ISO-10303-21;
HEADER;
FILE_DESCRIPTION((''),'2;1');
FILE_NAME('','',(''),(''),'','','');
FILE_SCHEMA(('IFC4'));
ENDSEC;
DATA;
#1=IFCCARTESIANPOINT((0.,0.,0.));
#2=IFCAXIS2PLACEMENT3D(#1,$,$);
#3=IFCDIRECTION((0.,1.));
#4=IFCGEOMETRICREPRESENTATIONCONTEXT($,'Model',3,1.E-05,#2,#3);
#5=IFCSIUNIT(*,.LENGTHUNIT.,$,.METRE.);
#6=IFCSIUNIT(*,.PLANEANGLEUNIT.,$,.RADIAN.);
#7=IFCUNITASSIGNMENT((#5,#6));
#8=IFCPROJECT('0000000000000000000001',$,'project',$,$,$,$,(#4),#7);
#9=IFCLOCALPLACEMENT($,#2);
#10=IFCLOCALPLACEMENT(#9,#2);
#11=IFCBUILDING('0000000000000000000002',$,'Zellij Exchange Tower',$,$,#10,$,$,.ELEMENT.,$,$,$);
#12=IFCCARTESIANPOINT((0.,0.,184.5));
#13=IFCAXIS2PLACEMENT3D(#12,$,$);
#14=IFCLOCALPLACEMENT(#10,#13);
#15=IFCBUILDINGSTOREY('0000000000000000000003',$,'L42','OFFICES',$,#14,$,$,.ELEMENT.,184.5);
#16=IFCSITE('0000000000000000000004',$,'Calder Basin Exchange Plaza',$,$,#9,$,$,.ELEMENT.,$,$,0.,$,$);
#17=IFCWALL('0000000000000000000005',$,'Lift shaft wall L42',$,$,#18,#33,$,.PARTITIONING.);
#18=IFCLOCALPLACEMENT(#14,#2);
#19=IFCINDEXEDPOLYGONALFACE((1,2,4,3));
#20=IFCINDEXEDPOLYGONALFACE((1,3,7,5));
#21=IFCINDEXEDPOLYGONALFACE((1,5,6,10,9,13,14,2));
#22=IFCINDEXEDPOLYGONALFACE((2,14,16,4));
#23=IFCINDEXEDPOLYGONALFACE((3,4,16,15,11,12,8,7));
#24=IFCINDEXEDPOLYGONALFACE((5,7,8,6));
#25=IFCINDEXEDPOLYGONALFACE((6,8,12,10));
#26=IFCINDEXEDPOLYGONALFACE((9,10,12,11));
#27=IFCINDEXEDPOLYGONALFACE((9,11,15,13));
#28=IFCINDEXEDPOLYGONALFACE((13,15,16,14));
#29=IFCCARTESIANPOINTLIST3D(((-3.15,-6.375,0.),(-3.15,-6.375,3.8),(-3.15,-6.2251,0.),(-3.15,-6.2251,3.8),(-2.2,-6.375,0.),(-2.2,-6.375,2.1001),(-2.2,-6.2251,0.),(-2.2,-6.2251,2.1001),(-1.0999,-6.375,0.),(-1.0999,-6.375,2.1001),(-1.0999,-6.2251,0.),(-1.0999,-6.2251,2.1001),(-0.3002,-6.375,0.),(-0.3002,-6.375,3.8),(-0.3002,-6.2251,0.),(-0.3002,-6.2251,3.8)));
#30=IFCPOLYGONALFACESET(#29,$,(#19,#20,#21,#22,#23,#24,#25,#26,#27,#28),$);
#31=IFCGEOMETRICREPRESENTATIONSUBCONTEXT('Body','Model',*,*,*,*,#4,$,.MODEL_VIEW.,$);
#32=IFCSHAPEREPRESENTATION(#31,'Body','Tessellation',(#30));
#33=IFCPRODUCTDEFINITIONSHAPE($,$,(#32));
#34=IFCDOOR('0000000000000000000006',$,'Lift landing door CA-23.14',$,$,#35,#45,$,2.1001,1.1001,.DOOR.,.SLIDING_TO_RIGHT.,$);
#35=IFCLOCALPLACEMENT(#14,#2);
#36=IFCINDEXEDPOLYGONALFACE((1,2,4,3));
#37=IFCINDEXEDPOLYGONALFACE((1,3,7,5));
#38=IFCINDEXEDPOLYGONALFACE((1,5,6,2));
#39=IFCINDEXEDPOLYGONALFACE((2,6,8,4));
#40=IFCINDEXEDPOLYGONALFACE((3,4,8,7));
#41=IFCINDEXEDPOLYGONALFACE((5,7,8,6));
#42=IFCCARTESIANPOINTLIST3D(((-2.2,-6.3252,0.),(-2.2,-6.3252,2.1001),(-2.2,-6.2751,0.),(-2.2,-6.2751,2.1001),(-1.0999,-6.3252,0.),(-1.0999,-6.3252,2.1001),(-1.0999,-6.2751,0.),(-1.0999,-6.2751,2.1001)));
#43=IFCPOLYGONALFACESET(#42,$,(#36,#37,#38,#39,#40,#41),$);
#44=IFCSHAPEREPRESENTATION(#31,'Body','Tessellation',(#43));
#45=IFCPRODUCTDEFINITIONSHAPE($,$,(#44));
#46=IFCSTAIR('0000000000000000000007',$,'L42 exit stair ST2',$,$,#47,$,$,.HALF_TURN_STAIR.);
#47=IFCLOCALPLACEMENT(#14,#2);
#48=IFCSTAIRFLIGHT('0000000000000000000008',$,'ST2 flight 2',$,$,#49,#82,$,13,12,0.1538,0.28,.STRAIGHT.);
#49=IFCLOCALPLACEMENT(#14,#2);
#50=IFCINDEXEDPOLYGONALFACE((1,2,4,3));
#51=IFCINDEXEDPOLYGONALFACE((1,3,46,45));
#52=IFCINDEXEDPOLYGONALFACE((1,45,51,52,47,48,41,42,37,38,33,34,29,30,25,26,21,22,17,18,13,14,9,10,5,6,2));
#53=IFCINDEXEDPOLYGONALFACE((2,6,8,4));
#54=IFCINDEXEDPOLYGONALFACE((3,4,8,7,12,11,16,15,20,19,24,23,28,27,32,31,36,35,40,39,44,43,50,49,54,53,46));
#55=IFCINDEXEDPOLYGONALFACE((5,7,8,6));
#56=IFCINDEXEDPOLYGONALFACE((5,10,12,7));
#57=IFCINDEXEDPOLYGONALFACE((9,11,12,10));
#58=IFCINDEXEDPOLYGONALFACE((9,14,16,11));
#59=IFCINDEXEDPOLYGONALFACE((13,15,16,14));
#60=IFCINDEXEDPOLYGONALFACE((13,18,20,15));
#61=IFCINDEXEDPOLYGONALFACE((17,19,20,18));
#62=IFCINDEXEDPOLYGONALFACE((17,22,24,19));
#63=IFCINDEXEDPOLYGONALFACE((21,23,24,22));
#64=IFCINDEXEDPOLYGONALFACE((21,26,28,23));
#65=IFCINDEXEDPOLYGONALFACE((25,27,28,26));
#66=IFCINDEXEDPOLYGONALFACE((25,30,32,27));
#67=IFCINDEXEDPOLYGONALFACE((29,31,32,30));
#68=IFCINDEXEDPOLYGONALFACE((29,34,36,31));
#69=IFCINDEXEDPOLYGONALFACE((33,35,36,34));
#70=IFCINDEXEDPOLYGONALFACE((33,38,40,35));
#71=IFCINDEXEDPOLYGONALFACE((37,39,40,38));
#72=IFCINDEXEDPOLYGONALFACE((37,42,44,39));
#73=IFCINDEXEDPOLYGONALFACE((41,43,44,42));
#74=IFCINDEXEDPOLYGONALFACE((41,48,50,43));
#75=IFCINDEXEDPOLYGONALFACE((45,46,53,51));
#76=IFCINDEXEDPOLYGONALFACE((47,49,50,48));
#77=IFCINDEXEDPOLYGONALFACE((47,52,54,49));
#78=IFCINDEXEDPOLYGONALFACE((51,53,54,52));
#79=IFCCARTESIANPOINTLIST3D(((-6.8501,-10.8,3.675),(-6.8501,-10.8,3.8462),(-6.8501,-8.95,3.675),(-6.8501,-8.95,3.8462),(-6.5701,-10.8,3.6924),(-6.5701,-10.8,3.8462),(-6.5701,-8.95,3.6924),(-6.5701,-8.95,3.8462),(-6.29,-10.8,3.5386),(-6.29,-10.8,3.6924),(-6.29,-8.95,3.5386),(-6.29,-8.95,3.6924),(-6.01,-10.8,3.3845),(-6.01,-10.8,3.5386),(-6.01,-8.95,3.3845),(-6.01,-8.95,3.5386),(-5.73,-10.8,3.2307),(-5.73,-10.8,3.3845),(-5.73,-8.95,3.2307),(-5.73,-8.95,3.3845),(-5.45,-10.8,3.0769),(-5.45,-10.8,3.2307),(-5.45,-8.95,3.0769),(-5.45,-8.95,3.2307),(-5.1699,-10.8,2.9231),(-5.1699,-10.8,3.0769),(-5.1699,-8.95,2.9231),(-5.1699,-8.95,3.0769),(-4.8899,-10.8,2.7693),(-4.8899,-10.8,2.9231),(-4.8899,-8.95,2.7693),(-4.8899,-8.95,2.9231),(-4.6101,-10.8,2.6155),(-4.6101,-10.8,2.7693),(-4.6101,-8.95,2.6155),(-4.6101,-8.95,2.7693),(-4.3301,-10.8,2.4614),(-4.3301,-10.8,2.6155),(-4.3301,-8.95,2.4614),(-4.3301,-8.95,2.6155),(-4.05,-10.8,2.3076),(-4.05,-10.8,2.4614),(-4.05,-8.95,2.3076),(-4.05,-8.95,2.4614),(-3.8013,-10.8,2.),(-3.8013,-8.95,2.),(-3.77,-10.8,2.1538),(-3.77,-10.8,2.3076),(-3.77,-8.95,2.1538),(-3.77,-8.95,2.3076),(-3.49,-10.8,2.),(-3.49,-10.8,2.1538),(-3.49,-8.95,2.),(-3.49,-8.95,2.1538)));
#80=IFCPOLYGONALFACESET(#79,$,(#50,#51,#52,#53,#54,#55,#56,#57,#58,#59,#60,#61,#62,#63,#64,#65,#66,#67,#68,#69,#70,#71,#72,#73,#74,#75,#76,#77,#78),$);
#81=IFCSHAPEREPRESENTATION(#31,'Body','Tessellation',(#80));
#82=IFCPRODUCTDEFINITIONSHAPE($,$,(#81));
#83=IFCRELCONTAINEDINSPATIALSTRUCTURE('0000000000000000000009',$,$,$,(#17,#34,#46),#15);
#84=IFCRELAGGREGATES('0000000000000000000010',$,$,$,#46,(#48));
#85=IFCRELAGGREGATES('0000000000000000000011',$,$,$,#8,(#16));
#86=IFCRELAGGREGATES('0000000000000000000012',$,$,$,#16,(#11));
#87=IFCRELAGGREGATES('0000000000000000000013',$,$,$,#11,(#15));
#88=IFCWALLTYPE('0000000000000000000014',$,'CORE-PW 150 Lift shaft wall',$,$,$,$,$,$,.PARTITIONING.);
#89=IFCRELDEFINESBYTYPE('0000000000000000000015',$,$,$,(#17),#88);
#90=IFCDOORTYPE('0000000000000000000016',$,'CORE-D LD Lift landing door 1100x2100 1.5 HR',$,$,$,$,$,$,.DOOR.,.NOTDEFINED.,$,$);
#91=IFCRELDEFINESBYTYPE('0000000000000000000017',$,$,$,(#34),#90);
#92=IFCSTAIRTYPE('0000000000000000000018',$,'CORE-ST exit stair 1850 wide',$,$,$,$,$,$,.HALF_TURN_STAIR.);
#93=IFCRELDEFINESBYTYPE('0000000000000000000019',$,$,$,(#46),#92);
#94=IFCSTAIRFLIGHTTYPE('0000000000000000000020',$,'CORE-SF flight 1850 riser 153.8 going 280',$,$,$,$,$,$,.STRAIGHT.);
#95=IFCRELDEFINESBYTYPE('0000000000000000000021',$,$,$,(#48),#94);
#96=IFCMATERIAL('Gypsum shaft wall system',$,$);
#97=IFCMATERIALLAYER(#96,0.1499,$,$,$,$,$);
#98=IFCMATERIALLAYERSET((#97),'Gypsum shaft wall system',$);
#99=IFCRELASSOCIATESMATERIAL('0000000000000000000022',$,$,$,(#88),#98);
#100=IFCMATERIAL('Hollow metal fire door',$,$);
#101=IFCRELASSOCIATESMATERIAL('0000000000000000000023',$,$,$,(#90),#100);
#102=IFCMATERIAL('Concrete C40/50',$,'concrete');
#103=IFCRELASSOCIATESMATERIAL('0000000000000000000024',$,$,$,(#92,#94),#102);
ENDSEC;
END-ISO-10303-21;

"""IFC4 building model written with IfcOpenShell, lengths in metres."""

from ifc_helpers import new_model, si_unit, direction, frame, frame_2d, origin, place, context, subcontext, project, spatial, polyline, rectangle, outline, extrude, material, layer, layer_set, type_object, element, fill, aggregate, save


model = new_model("IFC4")

# Units and contexts
model_context = context("Model", 3, precision=1e-05, world=origin(), true_north=direction((0.0, 1.0)))
body_context = subcontext(model_context, "Body", "Model", "MODEL_VIEW")
ifc_project = project(units=[si_unit("LENGTHUNIT", "METRE"), si_unit("PLANEANGLEUNIT", "RADIAN")], contexts=[model_context])

# Site, building, storey
site_placement = place(None, origin())
site = spatial("IfcSite", under=ifc_project, at=site_placement, Name="Calder Basin Exchange Plaza", CompositionType="ELEMENT", RefElevation=0.0)
building_placement = place(site_placement, origin())
building = spatial("IfcBuilding", under=site, at=building_placement, Name="Zellij Exchange Tower", CompositionType="ELEMENT")
storey_placement = place(building_placement, frame((0.0, 0.0, 184.5)))
storey = spatial("IfcBuildingStorey", under=building, at=storey_placement, Name="L42", Description="OFFICES", CompositionType="ELEMENT", Elevation=184.5)

# Shared definitions
ifc_material_1 = material(Name="Concrete C40/50", Category="concrete")

# Shared definitions
ifc_material_2 = material(Name="Gypsum shaft wall system")
ifc_layer_1 = layer(ifc_material_2, 0.1499)
ifc_layer_set_1 = layer_set([ifc_layer_1], Name="Gypsum shaft wall system")
wall_type_1 = type_object("IfcWallType", Name="CORE-PW 150 Lift shaft wall", PredefinedType="PARTITIONING", material=ifc_layer_set_1)

# Wall, opening, door
wall_1_placement = place(storey_placement, frame((-3.1499, -6.3, 0.0), z_axis=(0.0, 0.0, 1.0), x_axis=(1.0, 0.0, 0.0)))
wall_1 = element("IfcWall", 1, at=wall_1_placement, inside=storey, type_object=wall_type_1, Name="Lift shaft wall L42", PredefinedType="PARTITIONING", context=body_context, shape_type="SweptSolid", body=[
    extrude(rectangle(XDim=2.8499, YDim=0.1499, at=frame_2d((1.4248, 0.0))), origin(), (0.0, 0.0, 1.0), 3.8),
])
opening_placement = place(wall_1_placement, frame((0.95, 0.0, 0.0)))
opening = element("IfcOpeningElement", 2, at=opening_placement, cuts=wall_1, PredefinedType="OPENING", context=body_context, shape_type="SweptSolid", body=[
    extrude(rectangle(XDim=1.1001, YDim=2.1001, at=frame_2d((0.55, 1.05))), frame((0.0, 0.0869, 0.0), z_axis=(0.0, -1.0, 0.0), x_axis=(1.0, 0.0, 0.0)), (0.0, 0.0, 1.0), 0.1738),
])
ifc_material_3 = material(Name="Hollow metal fire door")
door_type = type_object("IfcDoorType", Name="CORE-D LD Lift landing door 1100x2100 1.5 HR", OperationType="NOTDEFINED", PredefinedType="DOOR", material=ifc_material_3)
door_placement = place(opening_placement, origin())
door = element("IfcDoor", 3, at=door_placement, inside=storey, type_object=door_type, Name="Lift landing door CA-23.14", OperationType="SLIDING_TO_RIGHT", OverallHeight=2.1001, OverallWidth=1.1001, PredefinedType="DOOR", context=body_context, shape_type="SweptSolid", body=[
    extrude(rectangle(XDim=1.1001, YDim=2.1001, at=frame_2d((0.55, 1.05))), frame((0.0, 0.0249, 0.0), z_axis=(0.0, -1.0, 0.0), x_axis=(1.0, 0.0, 0.0)), (0.0, 0.0, 1.0), 0.05),
])
fill(opening, door)

# Stair, stair flight
stair_type = type_object("IfcStairType", Name="CORE-ST exit stair 1850 wide", PredefinedType="HALF_TURN_STAIR", material=ifc_material_1)
stair_placement = place(storey_placement, origin())
stair = element("IfcStair", 4, at=stair_placement, inside=storey, type_object=stair_type, Name="L42 exit stair ST2", PredefinedType="HALF_TURN_STAIR")
stair_flight_type = type_object("IfcStairFlightType", Name="CORE-SF flight 1850 riser 153.8 going 280", PredefinedType="STRAIGHT", material=ifc_material_1)
stair_flight_placement = place(storey_placement, frame((-3.49, -9.875, 2.0), z_axis=(0.0, 0.0, 1.0), x_axis=(-1.0, 0.0, 0.0)))
stair_flight = element("IfcStairFlight", 5, at=stair_flight_placement, type_object=stair_flight_type, Name="ST2 flight 2", NumberOfRisers=13, NumberOfTreads=12, PredefinedType="STRAIGHT", RiserHeight=0.1538, TreadLength=0.28, context=body_context, shape_type="SweptSolid", body=[
    extrude(outline(polyline([(0.0, 0.0), (0.0, 0.1538), (0.28, 0.1538), (0.28, 0.3076), (0.5601, 0.3076), (0.5601, 0.4614), (0.8401, 0.4614), (0.8401, 0.6155), (1.1201, 0.6155), (1.1201, 0.7693), (1.3999, 0.7693), (1.3999, 0.9231), (1.6799, 0.9231), (1.6799, 1.0769), (1.96, 1.0769), (1.96, 1.2307), (2.24, 1.2307), (2.24, 1.3845), (2.52, 1.3845), (2.52, 1.5386), (2.8, 1.5386), (2.8, 1.6924), (3.0801, 1.6924), (3.0801, 1.8462), (3.3601, 1.8462), (3.3601, 2.0), (3.3601, 1.675), (0.3113, 0.0), (0.0, 0.0)])), frame((0.0, 0.925, 0.0), z_axis=(0.0, -1.0, 0.0), x_axis=(1.0, 0.0, 0.0)), (0.0, 0.0, 1.0), 1.8501),
])
aggregate(stair, [stair_flight])

save(model, "model.ifc")
